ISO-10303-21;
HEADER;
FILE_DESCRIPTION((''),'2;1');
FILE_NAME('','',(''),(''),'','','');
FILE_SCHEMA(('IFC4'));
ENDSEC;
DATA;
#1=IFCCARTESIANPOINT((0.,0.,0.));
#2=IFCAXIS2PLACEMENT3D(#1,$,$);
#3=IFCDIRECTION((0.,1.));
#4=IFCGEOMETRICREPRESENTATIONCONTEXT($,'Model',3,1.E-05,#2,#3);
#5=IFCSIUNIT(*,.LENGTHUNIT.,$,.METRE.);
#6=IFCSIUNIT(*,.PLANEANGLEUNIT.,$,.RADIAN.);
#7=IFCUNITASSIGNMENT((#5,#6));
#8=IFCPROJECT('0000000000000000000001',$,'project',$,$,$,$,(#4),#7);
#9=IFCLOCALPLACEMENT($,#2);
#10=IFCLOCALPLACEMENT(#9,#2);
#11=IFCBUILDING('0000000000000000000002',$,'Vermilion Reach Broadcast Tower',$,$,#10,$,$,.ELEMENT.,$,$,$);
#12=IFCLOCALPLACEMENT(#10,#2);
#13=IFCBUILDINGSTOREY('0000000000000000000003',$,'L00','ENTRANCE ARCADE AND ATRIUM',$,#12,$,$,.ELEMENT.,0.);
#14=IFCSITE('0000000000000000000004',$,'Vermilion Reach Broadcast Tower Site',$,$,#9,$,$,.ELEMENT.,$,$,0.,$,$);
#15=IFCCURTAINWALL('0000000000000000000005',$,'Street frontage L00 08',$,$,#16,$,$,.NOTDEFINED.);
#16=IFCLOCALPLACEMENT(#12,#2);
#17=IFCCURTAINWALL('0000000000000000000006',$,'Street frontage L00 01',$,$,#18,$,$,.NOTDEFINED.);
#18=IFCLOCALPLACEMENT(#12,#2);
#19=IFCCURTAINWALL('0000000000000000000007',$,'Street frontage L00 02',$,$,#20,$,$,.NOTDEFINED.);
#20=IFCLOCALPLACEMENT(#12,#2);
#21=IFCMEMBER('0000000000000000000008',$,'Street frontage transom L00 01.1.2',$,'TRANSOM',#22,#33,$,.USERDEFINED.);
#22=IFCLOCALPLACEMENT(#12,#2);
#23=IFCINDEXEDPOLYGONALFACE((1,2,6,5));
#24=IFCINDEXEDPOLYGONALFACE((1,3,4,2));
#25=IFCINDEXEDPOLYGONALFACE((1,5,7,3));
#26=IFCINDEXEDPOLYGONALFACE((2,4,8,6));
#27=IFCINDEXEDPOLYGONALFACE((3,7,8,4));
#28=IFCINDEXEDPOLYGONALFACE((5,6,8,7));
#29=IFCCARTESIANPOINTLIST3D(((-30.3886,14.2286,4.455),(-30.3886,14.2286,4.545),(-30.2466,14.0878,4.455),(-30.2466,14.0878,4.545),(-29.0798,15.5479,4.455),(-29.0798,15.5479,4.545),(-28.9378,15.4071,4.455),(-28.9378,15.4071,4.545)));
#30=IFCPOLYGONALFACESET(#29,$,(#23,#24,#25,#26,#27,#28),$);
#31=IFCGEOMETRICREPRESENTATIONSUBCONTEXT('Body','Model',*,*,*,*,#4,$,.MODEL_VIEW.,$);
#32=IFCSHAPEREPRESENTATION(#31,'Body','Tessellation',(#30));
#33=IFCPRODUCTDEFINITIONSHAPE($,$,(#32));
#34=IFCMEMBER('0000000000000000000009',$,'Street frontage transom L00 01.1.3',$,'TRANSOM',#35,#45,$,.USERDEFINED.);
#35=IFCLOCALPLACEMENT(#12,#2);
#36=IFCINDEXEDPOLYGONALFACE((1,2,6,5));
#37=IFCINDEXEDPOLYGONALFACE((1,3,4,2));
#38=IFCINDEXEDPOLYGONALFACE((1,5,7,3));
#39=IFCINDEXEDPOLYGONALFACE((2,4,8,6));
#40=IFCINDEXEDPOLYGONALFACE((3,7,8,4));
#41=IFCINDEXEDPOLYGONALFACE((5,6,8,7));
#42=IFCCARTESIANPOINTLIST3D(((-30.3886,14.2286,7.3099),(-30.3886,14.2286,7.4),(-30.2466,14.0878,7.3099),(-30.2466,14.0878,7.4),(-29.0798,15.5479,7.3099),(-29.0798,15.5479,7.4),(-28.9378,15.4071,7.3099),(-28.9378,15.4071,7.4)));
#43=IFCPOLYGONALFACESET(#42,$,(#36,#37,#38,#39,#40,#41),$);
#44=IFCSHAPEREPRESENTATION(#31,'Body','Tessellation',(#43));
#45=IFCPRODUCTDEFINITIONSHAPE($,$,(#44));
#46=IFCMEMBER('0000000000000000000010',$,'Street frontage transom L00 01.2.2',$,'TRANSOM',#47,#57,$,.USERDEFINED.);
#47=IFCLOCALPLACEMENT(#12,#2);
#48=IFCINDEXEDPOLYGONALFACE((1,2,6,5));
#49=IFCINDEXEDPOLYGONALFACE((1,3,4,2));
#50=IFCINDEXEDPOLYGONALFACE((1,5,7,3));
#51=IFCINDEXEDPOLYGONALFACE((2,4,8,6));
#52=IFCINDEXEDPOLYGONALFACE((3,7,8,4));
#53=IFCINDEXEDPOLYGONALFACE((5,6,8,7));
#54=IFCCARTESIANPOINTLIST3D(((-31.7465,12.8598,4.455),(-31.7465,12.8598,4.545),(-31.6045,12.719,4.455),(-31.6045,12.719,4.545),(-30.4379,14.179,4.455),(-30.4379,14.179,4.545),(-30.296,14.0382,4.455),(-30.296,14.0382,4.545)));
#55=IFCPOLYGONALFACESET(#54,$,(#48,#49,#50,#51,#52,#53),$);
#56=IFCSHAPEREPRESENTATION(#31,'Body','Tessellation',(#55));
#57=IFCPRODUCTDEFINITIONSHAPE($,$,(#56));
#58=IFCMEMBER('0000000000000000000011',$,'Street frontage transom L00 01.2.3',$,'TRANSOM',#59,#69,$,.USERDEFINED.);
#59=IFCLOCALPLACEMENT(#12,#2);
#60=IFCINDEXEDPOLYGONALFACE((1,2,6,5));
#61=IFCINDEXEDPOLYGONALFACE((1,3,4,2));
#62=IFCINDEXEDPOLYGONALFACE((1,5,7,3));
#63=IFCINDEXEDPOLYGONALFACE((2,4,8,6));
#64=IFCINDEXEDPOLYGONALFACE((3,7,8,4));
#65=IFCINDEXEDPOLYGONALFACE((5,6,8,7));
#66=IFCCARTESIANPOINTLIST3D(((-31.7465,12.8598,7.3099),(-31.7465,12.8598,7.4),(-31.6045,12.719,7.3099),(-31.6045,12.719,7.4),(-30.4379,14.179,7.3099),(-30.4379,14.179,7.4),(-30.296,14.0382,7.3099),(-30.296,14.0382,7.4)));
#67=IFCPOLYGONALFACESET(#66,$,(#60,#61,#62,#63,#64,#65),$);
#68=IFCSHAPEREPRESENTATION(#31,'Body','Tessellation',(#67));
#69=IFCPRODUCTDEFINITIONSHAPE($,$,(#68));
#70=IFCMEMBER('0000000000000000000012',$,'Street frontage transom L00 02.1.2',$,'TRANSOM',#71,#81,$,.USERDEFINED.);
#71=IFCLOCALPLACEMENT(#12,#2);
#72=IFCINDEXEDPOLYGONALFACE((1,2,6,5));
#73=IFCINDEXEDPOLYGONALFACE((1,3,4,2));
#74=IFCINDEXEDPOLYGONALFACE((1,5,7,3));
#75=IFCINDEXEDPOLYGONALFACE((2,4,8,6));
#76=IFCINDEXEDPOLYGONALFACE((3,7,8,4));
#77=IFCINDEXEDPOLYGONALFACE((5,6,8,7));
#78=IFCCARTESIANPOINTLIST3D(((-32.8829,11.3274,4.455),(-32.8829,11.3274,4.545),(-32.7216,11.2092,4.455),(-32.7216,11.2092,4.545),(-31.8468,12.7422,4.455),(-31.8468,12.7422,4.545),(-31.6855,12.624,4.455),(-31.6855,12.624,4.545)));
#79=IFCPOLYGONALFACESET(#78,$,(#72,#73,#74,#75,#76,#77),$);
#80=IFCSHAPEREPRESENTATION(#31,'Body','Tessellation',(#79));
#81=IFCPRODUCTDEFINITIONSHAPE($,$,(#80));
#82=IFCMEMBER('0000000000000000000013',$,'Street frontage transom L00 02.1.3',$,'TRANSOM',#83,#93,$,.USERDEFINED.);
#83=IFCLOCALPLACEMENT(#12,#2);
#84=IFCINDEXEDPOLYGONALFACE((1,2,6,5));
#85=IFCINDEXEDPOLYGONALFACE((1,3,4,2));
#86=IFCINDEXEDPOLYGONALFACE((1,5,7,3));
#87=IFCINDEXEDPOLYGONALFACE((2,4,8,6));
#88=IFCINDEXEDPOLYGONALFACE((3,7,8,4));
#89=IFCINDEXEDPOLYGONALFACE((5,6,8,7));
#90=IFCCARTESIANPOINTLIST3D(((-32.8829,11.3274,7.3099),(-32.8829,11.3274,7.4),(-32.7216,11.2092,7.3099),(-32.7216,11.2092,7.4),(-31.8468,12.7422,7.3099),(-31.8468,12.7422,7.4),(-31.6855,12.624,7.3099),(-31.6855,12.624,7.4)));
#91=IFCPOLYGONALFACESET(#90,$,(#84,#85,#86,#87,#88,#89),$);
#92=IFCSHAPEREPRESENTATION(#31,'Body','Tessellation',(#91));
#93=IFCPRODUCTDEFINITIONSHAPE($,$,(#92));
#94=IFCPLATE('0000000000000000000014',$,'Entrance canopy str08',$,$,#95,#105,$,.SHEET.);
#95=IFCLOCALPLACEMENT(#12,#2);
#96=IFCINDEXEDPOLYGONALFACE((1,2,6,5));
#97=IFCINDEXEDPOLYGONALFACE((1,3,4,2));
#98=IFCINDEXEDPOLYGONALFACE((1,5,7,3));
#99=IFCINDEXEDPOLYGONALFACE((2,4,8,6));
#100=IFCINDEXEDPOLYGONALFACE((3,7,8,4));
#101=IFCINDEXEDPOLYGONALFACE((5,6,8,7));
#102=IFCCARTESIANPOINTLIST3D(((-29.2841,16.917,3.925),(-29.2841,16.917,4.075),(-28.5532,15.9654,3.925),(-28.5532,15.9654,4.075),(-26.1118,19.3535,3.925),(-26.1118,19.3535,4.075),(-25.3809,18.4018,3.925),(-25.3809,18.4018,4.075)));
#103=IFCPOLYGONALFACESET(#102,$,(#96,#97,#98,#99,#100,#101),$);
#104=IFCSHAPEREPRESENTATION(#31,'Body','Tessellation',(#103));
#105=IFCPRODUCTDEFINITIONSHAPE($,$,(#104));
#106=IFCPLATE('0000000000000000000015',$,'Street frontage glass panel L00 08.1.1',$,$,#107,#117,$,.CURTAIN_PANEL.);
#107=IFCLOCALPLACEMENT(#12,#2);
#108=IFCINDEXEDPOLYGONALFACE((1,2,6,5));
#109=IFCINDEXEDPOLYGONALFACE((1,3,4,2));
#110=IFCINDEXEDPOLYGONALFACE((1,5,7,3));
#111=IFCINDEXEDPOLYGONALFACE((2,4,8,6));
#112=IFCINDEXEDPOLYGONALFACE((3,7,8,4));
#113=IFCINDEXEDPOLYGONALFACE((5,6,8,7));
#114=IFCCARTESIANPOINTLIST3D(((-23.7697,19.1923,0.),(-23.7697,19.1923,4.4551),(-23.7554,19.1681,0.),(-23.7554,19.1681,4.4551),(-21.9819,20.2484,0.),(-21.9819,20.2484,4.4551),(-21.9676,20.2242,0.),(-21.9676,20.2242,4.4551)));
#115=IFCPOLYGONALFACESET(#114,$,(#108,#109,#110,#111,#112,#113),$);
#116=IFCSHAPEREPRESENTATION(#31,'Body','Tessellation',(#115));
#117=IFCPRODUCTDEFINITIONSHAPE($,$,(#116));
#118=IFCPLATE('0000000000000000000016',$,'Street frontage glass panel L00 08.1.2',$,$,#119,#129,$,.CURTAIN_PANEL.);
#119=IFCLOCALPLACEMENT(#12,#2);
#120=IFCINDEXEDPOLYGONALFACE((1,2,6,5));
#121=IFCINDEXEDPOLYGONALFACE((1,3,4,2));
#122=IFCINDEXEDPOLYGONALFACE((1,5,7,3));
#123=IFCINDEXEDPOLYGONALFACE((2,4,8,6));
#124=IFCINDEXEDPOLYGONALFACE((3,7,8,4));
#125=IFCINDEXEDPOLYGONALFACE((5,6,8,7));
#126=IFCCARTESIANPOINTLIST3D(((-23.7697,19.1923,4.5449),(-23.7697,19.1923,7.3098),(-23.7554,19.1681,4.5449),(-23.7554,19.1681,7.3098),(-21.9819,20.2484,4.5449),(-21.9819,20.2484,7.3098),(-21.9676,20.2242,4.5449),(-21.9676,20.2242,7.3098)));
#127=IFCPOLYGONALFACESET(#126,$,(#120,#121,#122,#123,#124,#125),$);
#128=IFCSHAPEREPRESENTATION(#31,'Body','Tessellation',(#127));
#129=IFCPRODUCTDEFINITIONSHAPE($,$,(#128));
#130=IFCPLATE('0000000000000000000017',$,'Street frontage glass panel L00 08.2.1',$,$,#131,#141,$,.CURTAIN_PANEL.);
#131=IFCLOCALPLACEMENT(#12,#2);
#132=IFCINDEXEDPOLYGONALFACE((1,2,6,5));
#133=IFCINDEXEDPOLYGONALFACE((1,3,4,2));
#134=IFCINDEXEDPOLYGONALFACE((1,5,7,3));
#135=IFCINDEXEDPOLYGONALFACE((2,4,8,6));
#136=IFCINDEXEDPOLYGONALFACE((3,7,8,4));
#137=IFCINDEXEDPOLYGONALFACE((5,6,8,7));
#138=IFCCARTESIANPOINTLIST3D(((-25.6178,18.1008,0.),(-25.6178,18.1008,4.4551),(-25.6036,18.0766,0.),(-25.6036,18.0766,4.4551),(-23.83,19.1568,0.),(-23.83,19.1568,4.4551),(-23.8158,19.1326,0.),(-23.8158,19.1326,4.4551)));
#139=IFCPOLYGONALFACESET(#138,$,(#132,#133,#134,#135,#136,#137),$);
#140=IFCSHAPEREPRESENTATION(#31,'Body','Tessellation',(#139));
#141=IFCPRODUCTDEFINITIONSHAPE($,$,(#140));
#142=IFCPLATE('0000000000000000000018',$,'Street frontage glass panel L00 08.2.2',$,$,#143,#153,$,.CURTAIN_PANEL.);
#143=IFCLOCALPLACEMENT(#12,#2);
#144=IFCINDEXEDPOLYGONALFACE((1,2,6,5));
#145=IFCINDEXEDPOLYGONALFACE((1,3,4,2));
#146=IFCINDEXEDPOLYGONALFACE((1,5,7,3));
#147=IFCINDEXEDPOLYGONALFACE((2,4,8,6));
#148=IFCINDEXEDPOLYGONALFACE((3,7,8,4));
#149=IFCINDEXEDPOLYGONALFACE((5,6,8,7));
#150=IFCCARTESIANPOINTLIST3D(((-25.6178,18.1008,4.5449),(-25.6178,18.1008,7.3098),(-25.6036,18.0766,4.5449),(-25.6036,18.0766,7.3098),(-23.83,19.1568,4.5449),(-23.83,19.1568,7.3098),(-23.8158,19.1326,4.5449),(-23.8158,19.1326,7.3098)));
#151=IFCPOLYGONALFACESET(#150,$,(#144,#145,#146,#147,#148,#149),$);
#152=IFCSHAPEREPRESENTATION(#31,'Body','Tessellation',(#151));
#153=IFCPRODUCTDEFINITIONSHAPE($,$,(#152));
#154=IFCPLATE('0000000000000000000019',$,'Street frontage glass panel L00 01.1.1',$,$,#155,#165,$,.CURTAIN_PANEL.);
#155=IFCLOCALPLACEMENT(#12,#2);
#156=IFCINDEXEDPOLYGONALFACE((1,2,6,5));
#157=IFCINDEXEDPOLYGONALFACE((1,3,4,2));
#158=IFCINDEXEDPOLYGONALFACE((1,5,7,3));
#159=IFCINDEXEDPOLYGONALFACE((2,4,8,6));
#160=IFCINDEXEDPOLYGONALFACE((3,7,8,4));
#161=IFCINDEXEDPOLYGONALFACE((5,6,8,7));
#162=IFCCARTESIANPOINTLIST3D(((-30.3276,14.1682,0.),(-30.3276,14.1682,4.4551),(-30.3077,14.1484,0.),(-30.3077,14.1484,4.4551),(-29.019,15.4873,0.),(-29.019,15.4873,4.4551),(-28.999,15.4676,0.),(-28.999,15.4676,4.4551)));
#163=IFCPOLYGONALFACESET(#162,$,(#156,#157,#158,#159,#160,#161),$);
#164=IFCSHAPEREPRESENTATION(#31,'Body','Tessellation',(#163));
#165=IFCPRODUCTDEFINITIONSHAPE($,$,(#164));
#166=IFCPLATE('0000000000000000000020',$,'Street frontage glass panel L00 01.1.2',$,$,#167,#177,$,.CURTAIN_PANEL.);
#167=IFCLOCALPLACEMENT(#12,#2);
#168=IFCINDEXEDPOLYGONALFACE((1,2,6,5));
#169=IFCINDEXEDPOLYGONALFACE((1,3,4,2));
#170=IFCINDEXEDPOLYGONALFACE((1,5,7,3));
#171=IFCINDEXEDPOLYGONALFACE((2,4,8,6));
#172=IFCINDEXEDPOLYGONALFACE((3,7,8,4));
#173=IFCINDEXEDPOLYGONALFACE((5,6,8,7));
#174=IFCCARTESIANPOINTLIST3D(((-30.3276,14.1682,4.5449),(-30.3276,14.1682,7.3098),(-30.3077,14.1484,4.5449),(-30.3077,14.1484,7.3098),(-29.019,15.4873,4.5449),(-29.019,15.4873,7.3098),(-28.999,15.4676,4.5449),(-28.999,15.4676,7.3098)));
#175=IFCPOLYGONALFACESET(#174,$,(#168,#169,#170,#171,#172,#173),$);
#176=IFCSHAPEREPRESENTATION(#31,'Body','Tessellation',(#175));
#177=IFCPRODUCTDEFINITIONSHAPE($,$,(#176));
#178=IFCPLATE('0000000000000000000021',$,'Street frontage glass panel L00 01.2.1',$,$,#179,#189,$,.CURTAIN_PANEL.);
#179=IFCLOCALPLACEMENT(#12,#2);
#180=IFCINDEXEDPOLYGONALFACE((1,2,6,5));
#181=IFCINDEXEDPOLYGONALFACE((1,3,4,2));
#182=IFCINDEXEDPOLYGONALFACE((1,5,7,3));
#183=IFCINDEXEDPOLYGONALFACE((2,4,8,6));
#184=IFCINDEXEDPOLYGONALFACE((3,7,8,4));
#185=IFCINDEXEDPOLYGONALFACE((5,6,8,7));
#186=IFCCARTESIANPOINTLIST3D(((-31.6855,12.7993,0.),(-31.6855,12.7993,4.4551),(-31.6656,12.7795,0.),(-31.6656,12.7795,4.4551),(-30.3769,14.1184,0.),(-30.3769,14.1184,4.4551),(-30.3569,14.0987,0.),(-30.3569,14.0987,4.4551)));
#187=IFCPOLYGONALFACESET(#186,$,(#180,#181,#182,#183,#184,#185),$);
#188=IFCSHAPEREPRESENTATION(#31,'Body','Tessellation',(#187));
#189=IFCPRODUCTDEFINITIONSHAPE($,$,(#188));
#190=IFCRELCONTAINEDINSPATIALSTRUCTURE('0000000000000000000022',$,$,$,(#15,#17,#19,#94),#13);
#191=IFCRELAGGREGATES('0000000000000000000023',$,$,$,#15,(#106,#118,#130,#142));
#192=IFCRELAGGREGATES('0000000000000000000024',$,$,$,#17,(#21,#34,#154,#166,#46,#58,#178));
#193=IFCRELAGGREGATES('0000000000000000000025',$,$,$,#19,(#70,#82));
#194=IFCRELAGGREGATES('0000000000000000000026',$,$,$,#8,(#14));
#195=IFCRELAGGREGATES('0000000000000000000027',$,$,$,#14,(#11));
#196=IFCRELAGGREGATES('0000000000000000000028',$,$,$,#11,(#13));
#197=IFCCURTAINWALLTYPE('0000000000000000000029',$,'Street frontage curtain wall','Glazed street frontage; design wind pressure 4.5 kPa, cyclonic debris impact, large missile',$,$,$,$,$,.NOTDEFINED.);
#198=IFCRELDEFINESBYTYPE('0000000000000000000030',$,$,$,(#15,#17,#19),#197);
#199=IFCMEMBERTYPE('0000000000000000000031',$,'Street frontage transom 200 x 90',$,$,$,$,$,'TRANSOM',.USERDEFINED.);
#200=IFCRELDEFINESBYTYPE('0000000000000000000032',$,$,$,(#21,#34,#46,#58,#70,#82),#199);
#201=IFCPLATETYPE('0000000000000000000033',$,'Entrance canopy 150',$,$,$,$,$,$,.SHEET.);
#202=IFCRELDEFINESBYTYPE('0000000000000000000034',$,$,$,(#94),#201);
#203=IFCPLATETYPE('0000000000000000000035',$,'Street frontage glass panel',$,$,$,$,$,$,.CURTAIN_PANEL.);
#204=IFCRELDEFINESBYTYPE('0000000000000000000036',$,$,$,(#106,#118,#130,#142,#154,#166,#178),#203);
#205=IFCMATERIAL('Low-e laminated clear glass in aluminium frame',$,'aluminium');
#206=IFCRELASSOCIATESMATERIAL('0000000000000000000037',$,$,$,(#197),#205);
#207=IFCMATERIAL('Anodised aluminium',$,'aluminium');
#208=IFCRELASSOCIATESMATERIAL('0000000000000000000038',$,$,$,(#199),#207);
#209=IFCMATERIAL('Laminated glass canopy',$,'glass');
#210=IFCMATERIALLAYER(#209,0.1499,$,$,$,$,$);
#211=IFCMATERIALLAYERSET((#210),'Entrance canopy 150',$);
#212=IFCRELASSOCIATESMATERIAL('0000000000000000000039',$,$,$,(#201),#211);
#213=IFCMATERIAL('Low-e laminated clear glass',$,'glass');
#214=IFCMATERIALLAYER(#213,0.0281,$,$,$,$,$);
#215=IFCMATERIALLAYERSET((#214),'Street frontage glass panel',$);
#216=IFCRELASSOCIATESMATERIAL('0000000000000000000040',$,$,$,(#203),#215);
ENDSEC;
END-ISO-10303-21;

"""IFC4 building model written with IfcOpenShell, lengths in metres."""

from ifc_helpers import new_model, si_unit, direction, frame, origin, origin_2d, place, context, subcontext, project, spatial, rectangle, extrude, material, layer, layer_set, material_profile, profile_set, type_object, element, aggregate, save


model = new_model("IFC4")

# Units and contexts
model_context = context("Model", 3, precision=1e-05, world=origin(), true_north=direction((0.0, 1.0)))
body_context = subcontext(model_context, "Body", "Model", "MODEL_VIEW")
ifc_project = project(units=[si_unit("LENGTHUNIT", "METRE"), si_unit("PLANEANGLEUNIT", "RADIAN")], contexts=[model_context])

# Site, building, storey
site_placement = place(None, origin())
site = spatial("IfcSite", under=ifc_project, at=site_placement, Name="Vermilion Reach Broadcast Tower Site", CompositionType="ELEMENT", RefElevation=0.0)
building_placement = place(site_placement, origin())
building = spatial("IfcBuilding", under=site, at=building_placement, Name="Vermilion Reach Broadcast Tower", CompositionType="ELEMENT")
storey_placement = place(building_placement, origin())
storey = spatial("IfcBuildingStorey", under=building, at=storey_placement, Name="L00", Description="ENTRANCE ARCADE AND ATRIUM", CompositionType="ELEMENT", Elevation=0.0)

# Curtain walls
ifc_material_1 = material(Name="Low-e laminated clear glass in aluminium frame", Category="aluminium")
curtain_wall_type = type_object("IfcCurtainWallType", Name="Street frontage curtain wall", Description="Glazed street frontage; design wind pressure 4.5 kPa, cyclonic debris impact, large missile", PredefinedType="NOTDEFINED", material=ifc_material_1)
placement = place(storey_placement, origin())
curtain_wall_1 = element("IfcCurtainWall", 1, at=placement, inside=storey, type_object=curtain_wall_type, Name="Street frontage L00 08", PredefinedType="NOTDEFINED")
curtain_wall_2 = element("IfcCurtainWall", 2, at=placement, inside=storey, type_object=curtain_wall_type, Name="Street frontage L00 01", PredefinedType="NOTDEFINED")

# Curtain wall
curtain_wall_3 = element("IfcCurtainWall", 3, at=placement, inside=storey, type_object=curtain_wall_type, Name="Street frontage L00 02", PredefinedType="NOTDEFINED")

# Members
ifc_material_2 = material(Name="Anodised aluminium", Category="aluminium")
ifc_material_profile_1 = material_profile(ifc_material_2, rectangle(XDim=0.2, YDim=0.0901, at=origin_2d()), Name="Street frontage transom 200 x 90")
ifc_profile_set_1 = profile_set([ifc_material_profile_1], Name="Anodised aluminium")
member_type_1 = type_object("IfcMemberType", Name="Street frontage transom 200 x 90", ElementType="TRANSOM", PredefinedType="USERDEFINED", material=ifc_profile_set_1)
member_1_placement = place(storey_placement, frame((-29.0088, 15.4775, 4.5), z_axis=(-0.704277, -0.709926, 0.0), x_axis=(0.709926, -0.704277, 0.0)))
member_1 = element("IfcMember", 4, at=member_1_placement, type_object=member_type_1, Name="Street frontage transom L00 01.1.2", ObjectType="TRANSOM", PredefinedType="USERDEFINED", context=body_context, shape_type="SweptSolid", body=[
    extrude(rectangle(XDim=0.2, YDim=0.0901, at=origin_2d()), origin(), (0.0, 0.0, 1.0), 1.8584),
])
member_2_placement = place(storey_placement, frame((-29.0088, 15.4775, 7.355), z_axis=(-0.704277, -0.709926, 0.0), x_axis=(0.709926, -0.704277, 0.0)))
member_2 = element("IfcMember", 5, at=member_2_placement, type_object=member_type_1, Name="Street frontage transom L00 01.1.3", ObjectType="TRANSOM", PredefinedType="USERDEFINED", context=body_context, shape_type="SweptSolid", body=[
    extrude(rectangle(XDim=0.2, YDim=0.0901, at=origin_2d()), origin(), (0.0, 0.0, 1.0), 1.8584),
])
member_3_placement = place(storey_placement, frame((-30.3669, 14.1086, 4.5), z_axis=(-0.70421, -0.709991, 0.0), x_axis=(0.709991, -0.70421, 0.0)))
member_3 = element("IfcMember", 6, at=member_3_placement, type_object=member_type_1, Name="Street frontage transom L00 01.2.2", ObjectType="TRANSOM", PredefinedType="USERDEFINED", context=body_context, shape_type="SweptSolid", body=[
    extrude(rectangle(XDim=0.2, YDim=0.0901, at=origin_2d()), origin(), (0.0, 0.0, 1.0), 1.8582),
])
member_4_placement = place(storey_placement, frame((-30.3669, 14.1086, 7.355), z_axis=(-0.70421, -0.709991, 0.0), x_axis=(0.709991, -0.70421, 0.0)))
member_4 = element("IfcMember", 7, at=member_4_placement, type_object=member_type_1, Name="Street frontage transom L00 01.2.3", ObjectType="TRANSOM", PredefinedType="USERDEFINED", context=body_context, shape_type="SweptSolid", body=[
    extrude(rectangle(XDim=0.2, YDim=0.0901, at=origin_2d()), origin(), (0.0, 0.0, 1.0), 1.8582),
])
member_5_placement = place(storey_placement, frame((-31.7661, 12.6831, 4.5), z_axis=(-0.590851, -0.806781, 0.0), x_axis=(0.806781, -0.590851, 0.0)))
member_5 = element("IfcMember", 8, at=member_5_placement, type_object=member_type_1, Name="Street frontage transom L00 02.1.2", ObjectType="TRANSOM", PredefinedType="USERDEFINED", context=body_context, shape_type="SweptSolid", body=[
    extrude(rectangle(XDim=0.2, YDim=0.0901, at=origin_2d()), origin(), (0.0, 0.0, 1.0), 1.7537),
])
member_6_placement = place(storey_placement, frame((-31.7661, 12.6831, 7.355), z_axis=(-0.590851, -0.806781, 0.0), x_axis=(0.806781, -0.590851, 0.0)))
member_6 = element("IfcMember", 9, at=member_6_placement, type_object=member_type_1, Name="Street frontage transom L00 02.1.3", ObjectType="TRANSOM", PredefinedType="USERDEFINED", context=body_context, shape_type="SweptSolid", body=[
    extrude(rectangle(XDim=0.2, YDim=0.0901, at=origin_2d()), origin(), (0.0, 0.0, 1.0), 1.7537),
])

# Plates
ifc_material_3 = material(Name="Laminated glass canopy", Category="glass")
ifc_layer_1 = layer(ifc_material_3, 0.1499)
ifc_layer_set_1 = layer_set([ifc_layer_1], Name="Entrance canopy 150")
plate_type_1 = type_object("IfcPlateType", Name="Entrance canopy 150", PredefinedType="SHEET", material=ifc_layer_set_1)
plate_1_placement = place(storey_placement, frame((-27.3325, 17.6594, 3.925), z_axis=(0.0, 0.0, 1.0), x_axis=(0.793083, 0.609114, 0.0)))
element("IfcPlate", 10, at=plate_1_placement, inside=storey, type_object=plate_type_1, Name="Entrance canopy str08", PredefinedType="SHEET", context=body_context, shape_type="SweptSolid", body=[
    extrude(rectangle(XDim=4.0, YDim=1.2, at=origin_2d()), origin(), (0.0, 0.0, 1.0), 0.1499),
])
ifc_material_4 = material(Name="Low-e laminated clear glass", Category="glass")
ifc_layer_2 = layer(ifc_material_4, 0.0281)
ifc_layer_set_2 = layer_set([ifc_layer_2], Name="Street frontage glass panel")
plate_type_2 = type_object("IfcPlateType", Name="Street frontage glass panel", PredefinedType="CURTAIN_PANEL", material=ifc_layer_set_2)
plate_2_placement = place(storey_placement, frame((-22.8687, 19.7083, 0.0), z_axis=(0.0, 0.0, 1.0), x_axis=(-0.861009, -0.50859, 0.0)))
plate_2 = element("IfcPlate", 11, at=plate_2_placement, type_object=plate_type_2, Name="Street frontage glass panel L00 08.1.1", PredefinedType="CURTAIN_PANEL", context=body_context, shape_type="SweptSolid", body=[
    extrude(rectangle(XDim=2.0764, YDim=0.0281, at=origin_2d()), origin(), (0.0, 0.0, 1.0), 4.4551),
])
plate_3_placement = place(storey_placement, frame((-22.8687, 19.7083, 4.5449), z_axis=(0.0, 0.0, 1.0), x_axis=(-0.861009, -0.50859, 0.0)))
plate_3 = element("IfcPlate", 12, at=plate_3_placement, type_object=plate_type_2, Name="Street frontage glass panel L00 08.1.2", PredefinedType="CURTAIN_PANEL", context=body_context, shape_type="SweptSolid", body=[
    extrude(rectangle(XDim=2.0764, YDim=0.0281, at=origin_2d()), origin(), (0.0, 0.0, 1.0), 2.7649),
])
plate_4_placement = place(storey_placement, frame((-24.7168, 18.6167, 0.0), z_axis=(0.0, 0.0, 1.0), x_axis=(-0.861009, -0.50859, 0.0)))
plate_4 = element("IfcPlate", 13, at=plate_4_placement, type_object=plate_type_2, Name="Street frontage glass panel L00 08.2.1", PredefinedType="CURTAIN_PANEL", context=body_context, shape_type="SweptSolid", body=[
    extrude(rectangle(XDim=2.0764, YDim=0.0281, at=origin_2d()), origin(), (0.0, 0.0, 1.0), 4.4551),
])
plate_5_placement = place(storey_placement, frame((-24.7168, 18.6167, 4.5449), z_axis=(0.0, 0.0, 1.0), x_axis=(-0.861009, -0.50859, 0.0)))
plate_5 = element("IfcPlate", 14, at=plate_5_placement, type_object=plate_type_2, Name="Street frontage glass panel L00 08.2.2", PredefinedType="CURTAIN_PANEL", context=body_context, shape_type="SweptSolid", body=[
    extrude(rectangle(XDim=2.0764, YDim=0.0281, at=origin_2d()), origin(), (0.0, 0.0, 1.0), 2.7649),
])
aggregate(curtain_wall_1, [plate_2, plate_3, plate_4, plate_5])
plate_6_placement = place(storey_placement, frame((-29.6633, 14.8179, 0.0), z_axis=(0.0, 0.0, 1.0), x_axis=(-0.704276, -0.709926, 0.0)))
plate_6 = element("IfcPlate", 15, at=plate_6_placement, type_object=plate_type_2, Name="Street frontage glass panel L00 01.1.1", PredefinedType="CURTAIN_PANEL", context=body_context, shape_type="SweptSolid", body=[
    extrude(rectangle(XDim=1.8582, YDim=0.0281, at=origin_2d()), origin(), (0.0, 0.0, 1.0), 4.4551),
])
plate_7_placement = place(storey_placement, frame((-29.6633, 14.8179, 4.5449), z_axis=(0.0, 0.0, 1.0), x_axis=(-0.704276, -0.709926, 0.0)))
plate_7 = element("IfcPlate", 16, at=plate_7_placement, type_object=plate_type_2, Name="Street frontage glass panel L00 01.1.2", PredefinedType="CURTAIN_PANEL", context=body_context, shape_type="SweptSolid", body=[
    extrude(rectangle(XDim=1.8582, YDim=0.0281, at=origin_2d()), origin(), (0.0, 0.0, 1.0), 2.7649),
])
plate_8_placement = place(storey_placement, frame((-31.0212, 13.449, 0.0), z_axis=(0.0, 0.0, 1.0), x_axis=(-0.704276, -0.709926, 0.0)))
plate_8 = element("IfcPlate", 17, at=plate_8_placement, type_object=plate_type_2, Name="Street frontage glass panel L00 01.2.1", PredefinedType="CURTAIN_PANEL", context=body_context, shape_type="SweptSolid", body=[
    extrude(rectangle(XDim=1.8582, YDim=0.0281, at=origin_2d()), origin(), (0.0, 0.0, 1.0), 4.4551),
])
aggregate(curtain_wall_2, [member_1, member_2, plate_6, plate_7, member_3, member_4, plate_8])
aggregate(curtain_wall_3, [member_5, member_6])

save(model, "model.ifc")
